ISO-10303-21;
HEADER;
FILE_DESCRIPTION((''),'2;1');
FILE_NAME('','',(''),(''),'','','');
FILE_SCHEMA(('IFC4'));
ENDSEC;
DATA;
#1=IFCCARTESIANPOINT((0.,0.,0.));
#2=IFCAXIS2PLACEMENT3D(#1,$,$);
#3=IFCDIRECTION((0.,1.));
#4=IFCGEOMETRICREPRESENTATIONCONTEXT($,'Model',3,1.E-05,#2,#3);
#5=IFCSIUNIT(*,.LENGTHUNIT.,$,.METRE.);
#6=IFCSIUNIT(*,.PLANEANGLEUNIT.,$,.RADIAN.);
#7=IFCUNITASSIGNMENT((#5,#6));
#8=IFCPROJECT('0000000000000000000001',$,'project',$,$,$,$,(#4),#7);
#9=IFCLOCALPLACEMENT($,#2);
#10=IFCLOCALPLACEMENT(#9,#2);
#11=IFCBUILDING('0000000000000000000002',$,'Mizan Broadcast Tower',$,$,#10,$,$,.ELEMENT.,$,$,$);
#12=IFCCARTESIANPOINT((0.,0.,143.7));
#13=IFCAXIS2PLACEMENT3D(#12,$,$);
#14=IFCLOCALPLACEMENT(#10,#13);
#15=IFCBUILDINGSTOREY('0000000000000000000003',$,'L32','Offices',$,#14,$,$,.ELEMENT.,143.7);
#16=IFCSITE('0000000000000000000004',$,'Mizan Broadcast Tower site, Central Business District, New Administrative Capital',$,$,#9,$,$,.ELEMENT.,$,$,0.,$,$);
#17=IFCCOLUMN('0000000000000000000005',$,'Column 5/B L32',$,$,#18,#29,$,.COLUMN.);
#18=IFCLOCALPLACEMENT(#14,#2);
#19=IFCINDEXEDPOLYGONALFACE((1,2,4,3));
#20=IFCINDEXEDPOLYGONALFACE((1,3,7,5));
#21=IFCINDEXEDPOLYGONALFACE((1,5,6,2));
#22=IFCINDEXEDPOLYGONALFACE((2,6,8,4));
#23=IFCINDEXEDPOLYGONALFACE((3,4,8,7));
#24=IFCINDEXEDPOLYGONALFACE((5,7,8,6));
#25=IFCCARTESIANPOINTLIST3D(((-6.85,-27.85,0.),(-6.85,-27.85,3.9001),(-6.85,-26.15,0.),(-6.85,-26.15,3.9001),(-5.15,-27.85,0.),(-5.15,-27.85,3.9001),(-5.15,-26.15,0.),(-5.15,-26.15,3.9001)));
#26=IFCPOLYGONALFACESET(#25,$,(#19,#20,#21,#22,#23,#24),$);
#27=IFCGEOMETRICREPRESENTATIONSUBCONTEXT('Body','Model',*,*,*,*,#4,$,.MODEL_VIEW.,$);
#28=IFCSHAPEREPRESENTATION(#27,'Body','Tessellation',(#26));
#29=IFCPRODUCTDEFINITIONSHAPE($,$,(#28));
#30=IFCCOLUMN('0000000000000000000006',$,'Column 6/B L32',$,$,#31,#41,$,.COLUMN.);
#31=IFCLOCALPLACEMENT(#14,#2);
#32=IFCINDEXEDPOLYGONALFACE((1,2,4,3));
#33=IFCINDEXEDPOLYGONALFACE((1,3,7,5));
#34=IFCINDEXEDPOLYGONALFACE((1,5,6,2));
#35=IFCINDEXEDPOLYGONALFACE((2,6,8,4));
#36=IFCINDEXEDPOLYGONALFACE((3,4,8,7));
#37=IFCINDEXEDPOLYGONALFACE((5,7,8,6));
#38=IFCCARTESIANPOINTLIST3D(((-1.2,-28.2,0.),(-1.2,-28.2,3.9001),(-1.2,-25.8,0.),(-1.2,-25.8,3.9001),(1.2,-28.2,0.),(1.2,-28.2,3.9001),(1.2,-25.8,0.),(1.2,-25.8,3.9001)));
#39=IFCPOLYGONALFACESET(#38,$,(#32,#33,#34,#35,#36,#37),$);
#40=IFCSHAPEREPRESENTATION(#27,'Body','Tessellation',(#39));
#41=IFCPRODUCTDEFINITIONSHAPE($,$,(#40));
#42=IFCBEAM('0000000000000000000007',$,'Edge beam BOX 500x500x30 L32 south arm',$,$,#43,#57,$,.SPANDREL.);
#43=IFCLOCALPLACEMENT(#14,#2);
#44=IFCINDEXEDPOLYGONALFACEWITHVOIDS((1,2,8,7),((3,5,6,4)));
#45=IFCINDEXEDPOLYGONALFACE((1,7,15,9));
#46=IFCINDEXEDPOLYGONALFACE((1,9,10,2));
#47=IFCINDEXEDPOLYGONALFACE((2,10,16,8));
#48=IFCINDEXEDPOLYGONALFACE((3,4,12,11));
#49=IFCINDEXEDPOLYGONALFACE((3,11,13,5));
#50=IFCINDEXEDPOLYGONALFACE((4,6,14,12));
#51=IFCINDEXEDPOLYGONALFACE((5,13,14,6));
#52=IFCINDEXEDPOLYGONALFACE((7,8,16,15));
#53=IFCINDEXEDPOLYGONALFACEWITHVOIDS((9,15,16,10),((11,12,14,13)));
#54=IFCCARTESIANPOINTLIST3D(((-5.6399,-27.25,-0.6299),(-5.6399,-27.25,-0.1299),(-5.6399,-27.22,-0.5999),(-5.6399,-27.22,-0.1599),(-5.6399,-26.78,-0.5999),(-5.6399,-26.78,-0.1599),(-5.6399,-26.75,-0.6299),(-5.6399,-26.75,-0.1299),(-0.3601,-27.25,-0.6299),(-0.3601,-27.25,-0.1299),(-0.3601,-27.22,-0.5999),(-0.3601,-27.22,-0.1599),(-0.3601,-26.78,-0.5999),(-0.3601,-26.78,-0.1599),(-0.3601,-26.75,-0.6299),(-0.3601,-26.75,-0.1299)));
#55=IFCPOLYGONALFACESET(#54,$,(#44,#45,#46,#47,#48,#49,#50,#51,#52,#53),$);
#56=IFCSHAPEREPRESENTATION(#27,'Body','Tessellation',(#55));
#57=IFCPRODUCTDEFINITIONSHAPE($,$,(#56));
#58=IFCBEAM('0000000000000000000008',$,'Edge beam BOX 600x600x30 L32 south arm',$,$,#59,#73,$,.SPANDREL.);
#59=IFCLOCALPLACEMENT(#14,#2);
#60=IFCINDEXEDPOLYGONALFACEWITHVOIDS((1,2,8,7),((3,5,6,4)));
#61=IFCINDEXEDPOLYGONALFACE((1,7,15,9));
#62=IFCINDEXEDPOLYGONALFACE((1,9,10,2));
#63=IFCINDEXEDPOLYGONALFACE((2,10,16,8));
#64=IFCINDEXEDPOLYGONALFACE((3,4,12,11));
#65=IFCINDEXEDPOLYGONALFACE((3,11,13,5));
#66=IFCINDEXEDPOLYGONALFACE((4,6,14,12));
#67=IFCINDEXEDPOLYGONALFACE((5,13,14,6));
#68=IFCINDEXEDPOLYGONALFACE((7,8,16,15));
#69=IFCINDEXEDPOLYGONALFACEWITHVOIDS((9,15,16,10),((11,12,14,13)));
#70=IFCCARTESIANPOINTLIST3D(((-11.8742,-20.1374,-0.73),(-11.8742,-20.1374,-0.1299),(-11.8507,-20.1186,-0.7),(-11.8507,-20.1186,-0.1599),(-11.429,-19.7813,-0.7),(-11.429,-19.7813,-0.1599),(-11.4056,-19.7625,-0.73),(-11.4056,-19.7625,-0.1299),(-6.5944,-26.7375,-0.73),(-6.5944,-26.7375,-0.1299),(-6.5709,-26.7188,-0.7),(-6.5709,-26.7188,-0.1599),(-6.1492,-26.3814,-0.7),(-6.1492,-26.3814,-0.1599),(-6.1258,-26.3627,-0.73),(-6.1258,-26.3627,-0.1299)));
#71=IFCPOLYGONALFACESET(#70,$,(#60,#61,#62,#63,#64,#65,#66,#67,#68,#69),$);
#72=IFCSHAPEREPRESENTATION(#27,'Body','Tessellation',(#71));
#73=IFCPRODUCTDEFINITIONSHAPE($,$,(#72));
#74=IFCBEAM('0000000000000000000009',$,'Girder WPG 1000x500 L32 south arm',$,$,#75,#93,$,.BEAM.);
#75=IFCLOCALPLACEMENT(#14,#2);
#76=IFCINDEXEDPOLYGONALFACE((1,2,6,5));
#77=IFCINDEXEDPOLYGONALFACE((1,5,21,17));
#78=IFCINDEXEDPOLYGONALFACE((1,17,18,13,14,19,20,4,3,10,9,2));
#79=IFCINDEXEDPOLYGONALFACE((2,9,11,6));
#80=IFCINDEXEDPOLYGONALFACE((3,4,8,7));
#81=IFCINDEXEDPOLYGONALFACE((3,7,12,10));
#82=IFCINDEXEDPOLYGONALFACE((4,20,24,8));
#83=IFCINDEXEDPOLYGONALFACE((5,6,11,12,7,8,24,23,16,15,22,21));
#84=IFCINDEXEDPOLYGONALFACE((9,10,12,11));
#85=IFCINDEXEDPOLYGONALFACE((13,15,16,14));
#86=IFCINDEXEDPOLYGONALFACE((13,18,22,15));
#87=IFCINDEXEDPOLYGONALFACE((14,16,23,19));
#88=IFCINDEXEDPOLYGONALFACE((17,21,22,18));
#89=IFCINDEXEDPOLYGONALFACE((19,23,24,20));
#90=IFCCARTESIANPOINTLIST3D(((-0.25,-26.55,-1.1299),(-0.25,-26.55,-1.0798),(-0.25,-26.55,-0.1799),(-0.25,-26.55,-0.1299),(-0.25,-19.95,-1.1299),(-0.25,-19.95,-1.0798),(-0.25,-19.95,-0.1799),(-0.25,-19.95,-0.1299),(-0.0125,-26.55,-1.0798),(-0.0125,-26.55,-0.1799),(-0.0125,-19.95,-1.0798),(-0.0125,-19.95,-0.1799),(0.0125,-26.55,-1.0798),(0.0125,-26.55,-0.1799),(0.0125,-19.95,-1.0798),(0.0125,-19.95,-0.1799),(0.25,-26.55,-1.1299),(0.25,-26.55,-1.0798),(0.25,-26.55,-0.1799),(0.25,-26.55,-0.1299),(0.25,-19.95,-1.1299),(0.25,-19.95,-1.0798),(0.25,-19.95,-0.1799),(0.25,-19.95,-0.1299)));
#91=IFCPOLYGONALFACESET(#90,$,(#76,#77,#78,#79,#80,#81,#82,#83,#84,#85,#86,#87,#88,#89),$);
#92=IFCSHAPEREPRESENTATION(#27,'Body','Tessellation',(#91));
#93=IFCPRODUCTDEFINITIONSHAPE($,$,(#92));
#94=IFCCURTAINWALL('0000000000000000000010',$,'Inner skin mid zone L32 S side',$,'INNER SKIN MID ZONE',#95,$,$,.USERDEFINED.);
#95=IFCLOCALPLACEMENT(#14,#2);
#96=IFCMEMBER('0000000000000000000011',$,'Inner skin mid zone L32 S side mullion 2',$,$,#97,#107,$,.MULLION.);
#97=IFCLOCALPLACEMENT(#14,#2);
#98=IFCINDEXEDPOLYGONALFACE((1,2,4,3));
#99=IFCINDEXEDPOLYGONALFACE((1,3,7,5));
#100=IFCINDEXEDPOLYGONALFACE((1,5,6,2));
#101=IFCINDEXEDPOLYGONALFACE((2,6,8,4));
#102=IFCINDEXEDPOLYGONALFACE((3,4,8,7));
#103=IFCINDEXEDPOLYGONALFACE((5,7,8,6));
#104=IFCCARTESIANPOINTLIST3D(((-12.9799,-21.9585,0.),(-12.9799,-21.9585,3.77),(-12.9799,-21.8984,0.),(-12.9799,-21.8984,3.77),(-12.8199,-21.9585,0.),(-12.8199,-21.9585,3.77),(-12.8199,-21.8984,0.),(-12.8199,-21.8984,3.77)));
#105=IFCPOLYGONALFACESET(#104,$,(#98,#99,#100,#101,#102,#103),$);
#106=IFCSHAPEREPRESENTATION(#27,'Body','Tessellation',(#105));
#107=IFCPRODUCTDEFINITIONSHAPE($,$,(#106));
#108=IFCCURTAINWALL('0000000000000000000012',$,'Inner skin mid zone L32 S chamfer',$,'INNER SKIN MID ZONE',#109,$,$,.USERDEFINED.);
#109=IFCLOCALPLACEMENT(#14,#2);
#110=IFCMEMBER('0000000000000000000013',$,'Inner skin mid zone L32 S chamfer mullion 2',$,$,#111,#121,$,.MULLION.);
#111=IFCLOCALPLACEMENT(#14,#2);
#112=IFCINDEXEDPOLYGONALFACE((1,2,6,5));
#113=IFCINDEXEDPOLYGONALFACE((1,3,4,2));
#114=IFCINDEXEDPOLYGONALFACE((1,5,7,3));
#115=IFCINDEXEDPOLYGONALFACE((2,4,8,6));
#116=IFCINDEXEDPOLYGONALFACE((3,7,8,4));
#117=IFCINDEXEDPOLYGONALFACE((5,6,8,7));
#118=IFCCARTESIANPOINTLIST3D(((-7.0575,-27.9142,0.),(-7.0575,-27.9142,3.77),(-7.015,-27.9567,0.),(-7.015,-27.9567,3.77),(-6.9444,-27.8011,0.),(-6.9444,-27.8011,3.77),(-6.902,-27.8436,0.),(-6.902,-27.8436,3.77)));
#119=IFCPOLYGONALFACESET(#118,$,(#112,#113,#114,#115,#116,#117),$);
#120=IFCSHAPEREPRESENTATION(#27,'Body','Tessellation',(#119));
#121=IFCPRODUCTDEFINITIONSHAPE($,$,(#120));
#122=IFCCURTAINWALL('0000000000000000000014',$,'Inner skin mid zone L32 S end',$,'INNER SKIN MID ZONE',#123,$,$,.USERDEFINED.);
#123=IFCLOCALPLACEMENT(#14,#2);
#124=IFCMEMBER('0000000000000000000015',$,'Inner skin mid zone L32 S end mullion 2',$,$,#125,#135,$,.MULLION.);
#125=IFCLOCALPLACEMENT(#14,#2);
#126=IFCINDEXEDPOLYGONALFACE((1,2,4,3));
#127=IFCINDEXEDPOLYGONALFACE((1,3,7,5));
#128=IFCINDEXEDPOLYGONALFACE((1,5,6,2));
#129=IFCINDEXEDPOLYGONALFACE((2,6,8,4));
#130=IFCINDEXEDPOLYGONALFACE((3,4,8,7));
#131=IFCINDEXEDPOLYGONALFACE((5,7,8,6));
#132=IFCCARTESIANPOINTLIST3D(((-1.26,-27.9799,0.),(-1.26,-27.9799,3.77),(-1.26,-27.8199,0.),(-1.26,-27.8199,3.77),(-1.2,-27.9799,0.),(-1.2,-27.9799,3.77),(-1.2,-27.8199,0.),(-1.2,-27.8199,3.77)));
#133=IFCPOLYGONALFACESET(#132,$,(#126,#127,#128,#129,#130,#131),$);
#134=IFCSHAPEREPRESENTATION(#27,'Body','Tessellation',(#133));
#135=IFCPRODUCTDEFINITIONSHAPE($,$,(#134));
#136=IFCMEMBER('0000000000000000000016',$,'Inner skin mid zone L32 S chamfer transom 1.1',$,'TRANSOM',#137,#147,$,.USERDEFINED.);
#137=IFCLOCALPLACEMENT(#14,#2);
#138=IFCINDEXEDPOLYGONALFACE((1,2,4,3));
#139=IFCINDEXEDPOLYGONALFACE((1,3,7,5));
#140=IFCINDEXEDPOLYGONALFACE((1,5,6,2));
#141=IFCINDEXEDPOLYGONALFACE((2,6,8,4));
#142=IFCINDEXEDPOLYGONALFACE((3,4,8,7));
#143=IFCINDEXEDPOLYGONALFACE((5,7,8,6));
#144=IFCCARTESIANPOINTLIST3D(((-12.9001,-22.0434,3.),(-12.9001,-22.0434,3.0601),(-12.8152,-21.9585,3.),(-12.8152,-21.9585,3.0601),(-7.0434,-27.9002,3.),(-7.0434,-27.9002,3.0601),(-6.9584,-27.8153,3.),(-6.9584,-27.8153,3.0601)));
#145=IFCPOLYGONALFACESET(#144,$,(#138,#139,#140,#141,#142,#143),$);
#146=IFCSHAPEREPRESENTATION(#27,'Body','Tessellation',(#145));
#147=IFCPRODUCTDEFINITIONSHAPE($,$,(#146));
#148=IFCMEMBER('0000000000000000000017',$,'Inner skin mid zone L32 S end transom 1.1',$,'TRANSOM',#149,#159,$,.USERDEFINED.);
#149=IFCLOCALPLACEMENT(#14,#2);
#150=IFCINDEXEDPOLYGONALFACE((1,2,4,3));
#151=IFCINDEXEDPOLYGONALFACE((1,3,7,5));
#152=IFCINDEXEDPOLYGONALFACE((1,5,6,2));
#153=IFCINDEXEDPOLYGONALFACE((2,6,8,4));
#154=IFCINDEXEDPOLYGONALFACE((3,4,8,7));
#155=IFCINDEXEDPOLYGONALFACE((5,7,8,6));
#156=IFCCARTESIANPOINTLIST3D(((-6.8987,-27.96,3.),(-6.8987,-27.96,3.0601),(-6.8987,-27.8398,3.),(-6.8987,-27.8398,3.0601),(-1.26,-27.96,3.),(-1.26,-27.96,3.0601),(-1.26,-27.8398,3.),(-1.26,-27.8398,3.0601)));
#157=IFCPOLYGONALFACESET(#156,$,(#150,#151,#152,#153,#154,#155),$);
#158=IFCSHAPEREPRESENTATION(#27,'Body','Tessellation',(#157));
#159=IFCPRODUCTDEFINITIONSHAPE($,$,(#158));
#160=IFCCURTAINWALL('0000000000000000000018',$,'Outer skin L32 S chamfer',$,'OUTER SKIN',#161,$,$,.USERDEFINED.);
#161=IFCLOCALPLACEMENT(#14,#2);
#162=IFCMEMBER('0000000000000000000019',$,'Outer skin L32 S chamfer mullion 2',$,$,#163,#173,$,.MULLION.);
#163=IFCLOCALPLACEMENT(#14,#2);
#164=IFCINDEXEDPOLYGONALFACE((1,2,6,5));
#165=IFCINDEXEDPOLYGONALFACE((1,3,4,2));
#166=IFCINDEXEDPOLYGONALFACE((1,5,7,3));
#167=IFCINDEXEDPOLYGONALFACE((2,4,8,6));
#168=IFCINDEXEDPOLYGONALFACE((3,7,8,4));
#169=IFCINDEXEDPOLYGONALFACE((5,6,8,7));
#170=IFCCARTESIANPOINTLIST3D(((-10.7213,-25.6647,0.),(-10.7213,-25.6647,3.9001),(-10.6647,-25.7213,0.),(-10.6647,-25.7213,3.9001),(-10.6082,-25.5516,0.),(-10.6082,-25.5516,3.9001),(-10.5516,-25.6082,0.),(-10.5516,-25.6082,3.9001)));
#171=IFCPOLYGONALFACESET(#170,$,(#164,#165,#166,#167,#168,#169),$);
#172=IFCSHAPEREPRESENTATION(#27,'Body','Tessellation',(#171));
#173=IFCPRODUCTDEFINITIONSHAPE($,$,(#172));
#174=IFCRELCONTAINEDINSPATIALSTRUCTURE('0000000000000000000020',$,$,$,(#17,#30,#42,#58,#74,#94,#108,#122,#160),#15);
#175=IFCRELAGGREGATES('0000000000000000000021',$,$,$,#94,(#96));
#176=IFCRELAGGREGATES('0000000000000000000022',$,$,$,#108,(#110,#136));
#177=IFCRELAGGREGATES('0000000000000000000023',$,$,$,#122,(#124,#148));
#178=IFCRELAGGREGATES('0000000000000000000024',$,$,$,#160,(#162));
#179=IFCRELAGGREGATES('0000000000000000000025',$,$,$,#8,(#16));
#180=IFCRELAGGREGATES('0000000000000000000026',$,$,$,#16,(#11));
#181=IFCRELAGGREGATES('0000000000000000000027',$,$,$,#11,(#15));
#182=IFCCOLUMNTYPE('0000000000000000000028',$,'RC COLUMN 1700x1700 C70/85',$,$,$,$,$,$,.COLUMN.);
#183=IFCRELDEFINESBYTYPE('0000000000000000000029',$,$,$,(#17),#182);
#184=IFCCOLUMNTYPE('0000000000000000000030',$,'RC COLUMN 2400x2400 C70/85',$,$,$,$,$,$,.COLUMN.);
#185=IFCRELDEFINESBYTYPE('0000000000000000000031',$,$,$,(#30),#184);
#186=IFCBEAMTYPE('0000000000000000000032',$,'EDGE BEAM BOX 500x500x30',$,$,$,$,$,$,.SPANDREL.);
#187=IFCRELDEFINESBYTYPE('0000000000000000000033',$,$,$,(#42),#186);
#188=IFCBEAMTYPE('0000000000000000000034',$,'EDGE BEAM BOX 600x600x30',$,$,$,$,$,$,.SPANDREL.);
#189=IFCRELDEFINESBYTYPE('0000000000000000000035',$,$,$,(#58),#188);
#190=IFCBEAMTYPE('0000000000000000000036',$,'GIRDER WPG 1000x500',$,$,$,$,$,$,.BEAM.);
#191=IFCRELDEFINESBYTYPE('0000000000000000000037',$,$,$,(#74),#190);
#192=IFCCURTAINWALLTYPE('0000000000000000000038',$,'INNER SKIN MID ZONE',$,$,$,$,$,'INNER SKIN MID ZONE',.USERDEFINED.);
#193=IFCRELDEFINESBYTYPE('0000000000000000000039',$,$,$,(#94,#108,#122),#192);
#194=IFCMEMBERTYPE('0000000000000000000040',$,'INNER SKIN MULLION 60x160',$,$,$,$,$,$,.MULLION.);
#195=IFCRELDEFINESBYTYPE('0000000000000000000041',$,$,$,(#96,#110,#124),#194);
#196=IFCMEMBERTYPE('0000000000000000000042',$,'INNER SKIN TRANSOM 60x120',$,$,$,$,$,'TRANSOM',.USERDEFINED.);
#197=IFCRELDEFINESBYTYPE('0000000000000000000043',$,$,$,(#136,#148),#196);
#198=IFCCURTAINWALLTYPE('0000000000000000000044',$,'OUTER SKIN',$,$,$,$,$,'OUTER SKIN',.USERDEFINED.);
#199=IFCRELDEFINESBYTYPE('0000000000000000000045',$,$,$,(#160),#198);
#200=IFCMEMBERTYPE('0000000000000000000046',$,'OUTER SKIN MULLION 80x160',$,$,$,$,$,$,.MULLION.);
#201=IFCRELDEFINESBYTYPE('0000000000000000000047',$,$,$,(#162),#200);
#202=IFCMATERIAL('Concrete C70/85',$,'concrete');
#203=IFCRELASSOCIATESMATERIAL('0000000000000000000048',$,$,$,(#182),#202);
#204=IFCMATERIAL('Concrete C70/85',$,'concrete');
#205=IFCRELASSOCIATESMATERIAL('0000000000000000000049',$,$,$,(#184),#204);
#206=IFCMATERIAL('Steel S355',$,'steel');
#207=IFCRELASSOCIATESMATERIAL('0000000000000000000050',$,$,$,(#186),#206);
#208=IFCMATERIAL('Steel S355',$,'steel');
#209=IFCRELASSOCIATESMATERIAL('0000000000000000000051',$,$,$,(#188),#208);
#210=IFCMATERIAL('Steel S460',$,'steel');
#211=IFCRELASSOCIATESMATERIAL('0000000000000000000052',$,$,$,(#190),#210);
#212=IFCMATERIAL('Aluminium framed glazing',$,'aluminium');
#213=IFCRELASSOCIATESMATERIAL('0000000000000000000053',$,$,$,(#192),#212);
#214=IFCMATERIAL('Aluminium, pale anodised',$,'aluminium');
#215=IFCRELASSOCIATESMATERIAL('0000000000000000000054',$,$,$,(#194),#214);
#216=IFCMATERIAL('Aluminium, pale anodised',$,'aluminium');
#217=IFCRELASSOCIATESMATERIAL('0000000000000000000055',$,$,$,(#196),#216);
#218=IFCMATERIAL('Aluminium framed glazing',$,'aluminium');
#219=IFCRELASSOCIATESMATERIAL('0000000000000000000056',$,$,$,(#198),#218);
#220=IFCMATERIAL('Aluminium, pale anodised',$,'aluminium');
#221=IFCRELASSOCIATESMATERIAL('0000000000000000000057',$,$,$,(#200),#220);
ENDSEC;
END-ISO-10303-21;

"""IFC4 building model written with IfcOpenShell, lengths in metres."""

from ifc_helpers import new_model, si_unit, direction, frame, origin, origin_2d, place, context, subcontext, project, spatial, rectangle, hollow_rectangle, i_section, extrude, material, material_profile, profile_set, type_object, element, aggregate, save


model = new_model("IFC4")

# Units and contexts
model_context = context("Model", 3, precision=1e-05, world=origin(), true_north=direction((0.0, 1.0)))
body_context = subcontext(model_context, "Body", "Model", "MODEL_VIEW")
ifc_project = project(units=[si_unit("LENGTHUNIT", "METRE"), si_unit("PLANEANGLEUNIT", "RADIAN")], contexts=[model_context])

# Site, building, storey
site_placement = place(None, origin())
site = spatial("IfcSite", under=ifc_project, at=site_placement, Name="Mizan Broadcast Tower site, Central Business District, New Administrative Capital", CompositionType="ELEMENT", RefElevation=0.0)
building_placement = place(site_placement, origin())
building = spatial("IfcBuilding", under=site, at=building_placement, Name="Mizan Broadcast Tower", CompositionType="ELEMENT")
storey_placement = place(building_placement, frame((0.0, 0.0, 143.7)))
storey = spatial("IfcBuildingStorey", under=building, at=storey_placement, Name="L32", Description="Offices", CompositionType="ELEMENT", Elevation=143.7)

# Columns
ifc_material_1 = material(Name="Concrete C70/85", Category="concrete")
ifc_material_profile_1 = material_profile(ifc_material_1, rectangle(XDim=1.7, YDim=1.7, at=origin_2d()), Name="RC 1700x1700")
ifc_profile_set_1 = profile_set([ifc_material_profile_1], Name="Concrete C70/85")
column_type_1 = type_object("IfcColumnType", Name="RC COLUMN 1700x1700 C70/85", PredefinedType="COLUMN", material=ifc_profile_set_1)
column_1_placement = place(storey_placement, frame((-6.0, -27.0, 0.0), z_axis=(0.0, 0.0, 1.0), x_axis=(1.0, 0.0, 0.0)))
element("IfcColumn", 1, at=column_1_placement, inside=storey, type_object=column_type_1, Name="Column 5/B L32", PredefinedType="COLUMN", context=body_context, shape_type="SweptSolid", body=[
    extrude(rectangle(XDim=1.7, YDim=1.7, at=origin_2d()), origin(), (0.0, 0.0, 1.0), 3.9001),
])
ifc_material_2 = material(Name="Concrete C70/85", Category="concrete")
ifc_material_profile_2 = material_profile(ifc_material_2, rectangle(XDim=2.3999, YDim=2.3999, at=origin_2d()), Name="RC 2400x2400")
ifc_profile_set_2 = profile_set([ifc_material_profile_2], Name="Concrete C70/85")
column_type_2 = type_object("IfcColumnType", Name="RC COLUMN 2400x2400 C70/85", PredefinedType="COLUMN", material=ifc_profile_set_2)
column_2_placement = place(storey_placement, frame((0.0, -27.0, 0.0), z_axis=(0.0, 0.0, 1.0), x_axis=(1.0, 0.0, 0.0)))
element("IfcColumn", 2, at=column_2_placement, inside=storey, type_object=column_type_2, Name="Column 6/B L32", PredefinedType="COLUMN", context=body_context, shape_type="SweptSolid", body=[
    extrude(rectangle(XDim=2.3999, YDim=2.3999, at=origin_2d()), origin(), (0.0, 0.0, 1.0), 3.9001),
])

# Beams
ifc_material_3 = material(Name="Steel S355", Category="steel")
ifc_material_profile_3 = material_profile(ifc_material_3, hollow_rectangle(XDim=0.5, YDim=0.5, WallThickness=0.03, at=origin_2d()), Name="BOX 500x500x30")
ifc_profile_set_3 = profile_set([ifc_material_profile_3], Name="Steel S355")
beam_type_1 = type_object("IfcBeamType", Name="EDGE BEAM BOX 500x500x30", PredefinedType="SPANDREL", material=ifc_profile_set_3)
beam_1_placement = place(storey_placement, frame((-5.6399, -27.0, -0.3799), z_axis=(1.0, 0.0, 0.0), x_axis=(0.0, 1.0, 0.0)))
element("IfcBeam", 3, at=beam_1_placement, inside=storey, type_object=beam_type_1, Name="Edge beam BOX 500x500x30 L32 south arm", PredefinedType="SPANDREL", context=body_context, shape_type="SweptSolid", body=[
    extrude(hollow_rectangle(XDim=0.5, YDim=0.5, WallThickness=0.03, at=origin_2d()), origin(), (0.0, 0.0, 1.0), 5.2798),
])
ifc_material_4 = material(Name="Steel S355", Category="steel")
ifc_material_profile_4 = material_profile(ifc_material_4, hollow_rectangle(XDim=0.6001, YDim=0.6001, WallThickness=0.03, at=origin_2d()), Name="BOX 600x600x30")
ifc_profile_set_4 = profile_set([ifc_material_profile_4], Name="Steel S355")
beam_type_2 = type_object("IfcBeamType", Name="EDGE BEAM BOX 600x600x30", PredefinedType="SPANDREL", material=ifc_profile_set_4)
beam_2_placement = place(storey_placement, frame((-11.6399, -19.95, -0.4299), z_axis=(0.624674, -0.780886, 0.0), x_axis=(0.780886, 0.624674, 0.0)))
element("IfcBeam", 4, at=beam_2_placement, inside=storey, type_object=beam_type_2, Name="Edge beam BOX 600x600x30 L32 south arm", PredefinedType="SPANDREL", context=body_context, shape_type="SweptSolid", body=[
    extrude(hollow_rectangle(XDim=0.6001, YDim=0.6001, WallThickness=0.03, at=origin_2d()), origin(), (0.0, 0.0, 1.0), 8.4521),
])
ifc_material_5 = material(Name="Steel S460", Category="steel")
ifc_material_profile_5 = material_profile(ifc_material_5, i_section(OverallWidth=0.5, OverallDepth=1.0, WebThickness=0.0249, FlangeThickness=0.05, at=origin_2d()), Name="WPG 1000x500")
ifc_profile_set_5 = profile_set([ifc_material_profile_5], Name="Steel S460")
beam_type_3 = type_object("IfcBeamType", Name="GIRDER WPG 1000x500", PredefinedType="BEAM", material=ifc_profile_set_5)
beam_3_placement = place(storey_placement, frame((0.0, -19.95, -0.6299), z_axis=(0.0, -1.0, 0.0), x_axis=(1.0, 0.0, 0.0)))
element("IfcBeam", 5, at=beam_3_placement, inside=storey, type_object=beam_type_3, Name="Girder WPG 1000x500 L32 south arm", PredefinedType="BEAM", context=body_context, shape_type="SweptSolid", body=[
    extrude(i_section(OverallWidth=0.5, OverallDepth=1.0, WebThickness=0.0249, FlangeThickness=0.05, at=origin_2d()), origin(), (0.0, 0.0, 1.0), 6.6001),
])

# Curtain walls, members
ifc_material_6 = material(Name="Aluminium framed glazing", Category="aluminium")
curtain_wall_type_1 = type_object("IfcCurtainWallType", Name="INNER SKIN MID ZONE", ElementType="INNER SKIN MID ZONE", PredefinedType="USERDEFINED", material=ifc_material_6)
curtain_wall_1_placement = place(storey_placement, origin())
curtain_wall_1 = element("IfcCurtainWall", 6, at=curtain_wall_1_placement, inside=storey, type_object=curtain_wall_type_1, Name="Inner skin mid zone L32 S side", ObjectType="INNER SKIN MID ZONE", PredefinedType="USERDEFINED")
ifc_material_7 = material(Name="Aluminium, pale anodised", Category="aluminium")
ifc_material_profile_6 = material_profile(ifc_material_7, rectangle(XDim=0.1599, YDim=0.0601, at=origin_2d()), Name="MULLION 160x60")
ifc_profile_set_6 = profile_set([ifc_material_profile_6], Name="Aluminium, pale anodised")
member_type_1 = type_object("IfcMemberType", Name="INNER SKIN MULLION 60x160", PredefinedType="MULLION", material=ifc_profile_set_6)
member_1_placement = place(storey_placement, frame((-12.8999, -21.9285, 0.0), z_axis=(0.0, 0.0, 1.0), x_axis=(1.0, 0.0, 0.0)))
member_1 = element("IfcMember", 7, at=member_1_placement, type_object=member_type_1, Name="Inner skin mid zone L32 S side mullion 2", PredefinedType="MULLION", context=body_context, shape_type="SweptSolid", body=[
    extrude(rectangle(XDim=0.1599, YDim=0.0601, at=origin_2d()), origin(), (0.0, 0.0, 1.0), 3.77),
])
curtain_wall_2_placement = place(storey_placement, origin())
curtain_wall_2 = element("IfcCurtainWall", 8, at=curtain_wall_2_placement, inside=storey, type_object=curtain_wall_type_1, Name="Inner skin mid zone L32 S chamfer", ObjectType="INNER SKIN MID ZONE", PredefinedType="USERDEFINED")
member_2_placement = place(storey_placement, frame((-6.9797, -27.8789, 0.0), z_axis=(0.0, 0.0, 1.0), x_axis=(0.707107, 0.707107, 0.0)))
member_2 = element("IfcMember", 9, at=member_2_placement, type_object=member_type_1, Name="Inner skin mid zone L32 S chamfer mullion 2", PredefinedType="MULLION", context=body_context, shape_type="SweptSolid", body=[
    extrude(rectangle(XDim=0.1599, YDim=0.0601, at=origin_2d()), origin(), (0.0, 0.0, 1.0), 3.77),
])
curtain_wall_3_placement = place(storey_placement, origin())
curtain_wall_3 = element("IfcCurtainWall", 10, at=curtain_wall_3_placement, inside=storey, type_object=curtain_wall_type_1, Name="Inner skin mid zone L32 S end", ObjectType="INNER SKIN MID ZONE", PredefinedType="USERDEFINED")
member_3_placement = place(storey_placement, frame((-1.23, -27.8999, 0.0), z_axis=(0.0, 0.0, 1.0), x_axis=(0.0, 1.0, 0.0)))
member_3 = element("IfcMember", 11, at=member_3_placement, type_object=member_type_1, Name="Inner skin mid zone L32 S end mullion 2", PredefinedType="MULLION", context=body_context, shape_type="SweptSolid", body=[
    extrude(rectangle(XDim=0.1599, YDim=0.0601, at=origin_2d()), origin(), (0.0, 0.0, 1.0), 3.77),
])

# Members
ifc_material_8 = material(Name="Aluminium, pale anodised", Category="aluminium")
ifc_material_profile_7 = material_profile(ifc_material_8, rectangle(XDim=0.1201, YDim=0.0601, at=origin_2d()), Name="TRANSOM 120x60")
ifc_profile_set_7 = profile_set([ifc_material_profile_7], Name="Aluminium, pale anodised")
member_type_2 = type_object("IfcMemberType", Name="INNER SKIN TRANSOM 60x120", ElementType="TRANSOM", PredefinedType="USERDEFINED", material=ifc_profile_set_7)
member_4_placement = place(storey_placement, frame((-12.8577, -22.001, 3.03), z_axis=(0.707107, -0.707107, 0.0), x_axis=(0.707107, 0.707107, 0.0)))
member_4 = element("IfcMember", 12, at=member_4_placement, type_object=member_type_2, Name="Inner skin mid zone L32 S chamfer transom 1.1", ObjectType="TRANSOM", PredefinedType="USERDEFINED", context=body_context, shape_type="SweptSolid", body=[
    extrude(rectangle(XDim=0.1201, YDim=0.0601, at=origin_2d()), origin(), (0.0, 0.0, 1.0), 8.2827),
])
member_5_placement = place(storey_placement, frame((-6.8987, -27.8999, 3.03), z_axis=(1.0, 0.0, 0.0), x_axis=(0.0, 1.0, 0.0)))
member_5 = element("IfcMember", 13, at=member_5_placement, type_object=member_type_2, Name="Inner skin mid zone L32 S end transom 1.1", ObjectType="TRANSOM", PredefinedType="USERDEFINED", context=body_context, shape_type="SweptSolid", body=[
    extrude(rectangle(XDim=0.1201, YDim=0.0601, at=origin_2d()), origin(), (0.0, 0.0, 1.0), 5.6387),
])

# Curtain wall, member
ifc_material_9 = material(Name="Aluminium framed glazing", Category="aluminium")
curtain_wall_type_2 = type_object("IfcCurtainWallType", Name="OUTER SKIN", ElementType="OUTER SKIN", PredefinedType="USERDEFINED", material=ifc_material_9)
curtain_wall_4_placement = place(storey_placement, origin())
curtain_wall_4 = element("IfcCurtainWall", 14, at=curtain_wall_4_placement, inside=storey, type_object=curtain_wall_type_2, Name="Outer skin L32 S chamfer", ObjectType="OUTER SKIN", PredefinedType="USERDEFINED")
ifc_material_10 = material(Name="Aluminium, pale anodised", Category="aluminium")
ifc_material_profile_8 = material_profile(ifc_material_10, rectangle(XDim=0.1599, YDim=0.0801, at=origin_2d()), Name="MULLION 160x80")
ifc_profile_set_8 = profile_set([ifc_material_profile_8], Name="Aluminium, pale anodised")
member_type_3 = type_object("IfcMemberType", Name="OUTER SKIN MULLION 80x160", PredefinedType="MULLION", material=ifc_profile_set_8)
member_6_placement = place(storey_placement, frame((-10.6365, -25.6365, 0.0), z_axis=(0.0, 0.0, 1.0), x_axis=(0.707107, 0.707107, 0.0)))
member_6 = element("IfcMember", 15, at=member_6_placement, type_object=member_type_3, Name="Outer skin L32 S chamfer mullion 2", PredefinedType="MULLION", context=body_context, shape_type="SweptSolid", body=[
    extrude(rectangle(XDim=0.1599, YDim=0.0801, at=origin_2d()), origin(), (0.0, 0.0, 1.0), 3.9001),
])

aggregate(curtain_wall_1, [member_1])
aggregate(curtain_wall_2, [member_2, member_4])
aggregate(curtain_wall_3, [member_3, member_5])

aggregate(curtain_wall_4, [member_6])

save(model, "model.ifc")
